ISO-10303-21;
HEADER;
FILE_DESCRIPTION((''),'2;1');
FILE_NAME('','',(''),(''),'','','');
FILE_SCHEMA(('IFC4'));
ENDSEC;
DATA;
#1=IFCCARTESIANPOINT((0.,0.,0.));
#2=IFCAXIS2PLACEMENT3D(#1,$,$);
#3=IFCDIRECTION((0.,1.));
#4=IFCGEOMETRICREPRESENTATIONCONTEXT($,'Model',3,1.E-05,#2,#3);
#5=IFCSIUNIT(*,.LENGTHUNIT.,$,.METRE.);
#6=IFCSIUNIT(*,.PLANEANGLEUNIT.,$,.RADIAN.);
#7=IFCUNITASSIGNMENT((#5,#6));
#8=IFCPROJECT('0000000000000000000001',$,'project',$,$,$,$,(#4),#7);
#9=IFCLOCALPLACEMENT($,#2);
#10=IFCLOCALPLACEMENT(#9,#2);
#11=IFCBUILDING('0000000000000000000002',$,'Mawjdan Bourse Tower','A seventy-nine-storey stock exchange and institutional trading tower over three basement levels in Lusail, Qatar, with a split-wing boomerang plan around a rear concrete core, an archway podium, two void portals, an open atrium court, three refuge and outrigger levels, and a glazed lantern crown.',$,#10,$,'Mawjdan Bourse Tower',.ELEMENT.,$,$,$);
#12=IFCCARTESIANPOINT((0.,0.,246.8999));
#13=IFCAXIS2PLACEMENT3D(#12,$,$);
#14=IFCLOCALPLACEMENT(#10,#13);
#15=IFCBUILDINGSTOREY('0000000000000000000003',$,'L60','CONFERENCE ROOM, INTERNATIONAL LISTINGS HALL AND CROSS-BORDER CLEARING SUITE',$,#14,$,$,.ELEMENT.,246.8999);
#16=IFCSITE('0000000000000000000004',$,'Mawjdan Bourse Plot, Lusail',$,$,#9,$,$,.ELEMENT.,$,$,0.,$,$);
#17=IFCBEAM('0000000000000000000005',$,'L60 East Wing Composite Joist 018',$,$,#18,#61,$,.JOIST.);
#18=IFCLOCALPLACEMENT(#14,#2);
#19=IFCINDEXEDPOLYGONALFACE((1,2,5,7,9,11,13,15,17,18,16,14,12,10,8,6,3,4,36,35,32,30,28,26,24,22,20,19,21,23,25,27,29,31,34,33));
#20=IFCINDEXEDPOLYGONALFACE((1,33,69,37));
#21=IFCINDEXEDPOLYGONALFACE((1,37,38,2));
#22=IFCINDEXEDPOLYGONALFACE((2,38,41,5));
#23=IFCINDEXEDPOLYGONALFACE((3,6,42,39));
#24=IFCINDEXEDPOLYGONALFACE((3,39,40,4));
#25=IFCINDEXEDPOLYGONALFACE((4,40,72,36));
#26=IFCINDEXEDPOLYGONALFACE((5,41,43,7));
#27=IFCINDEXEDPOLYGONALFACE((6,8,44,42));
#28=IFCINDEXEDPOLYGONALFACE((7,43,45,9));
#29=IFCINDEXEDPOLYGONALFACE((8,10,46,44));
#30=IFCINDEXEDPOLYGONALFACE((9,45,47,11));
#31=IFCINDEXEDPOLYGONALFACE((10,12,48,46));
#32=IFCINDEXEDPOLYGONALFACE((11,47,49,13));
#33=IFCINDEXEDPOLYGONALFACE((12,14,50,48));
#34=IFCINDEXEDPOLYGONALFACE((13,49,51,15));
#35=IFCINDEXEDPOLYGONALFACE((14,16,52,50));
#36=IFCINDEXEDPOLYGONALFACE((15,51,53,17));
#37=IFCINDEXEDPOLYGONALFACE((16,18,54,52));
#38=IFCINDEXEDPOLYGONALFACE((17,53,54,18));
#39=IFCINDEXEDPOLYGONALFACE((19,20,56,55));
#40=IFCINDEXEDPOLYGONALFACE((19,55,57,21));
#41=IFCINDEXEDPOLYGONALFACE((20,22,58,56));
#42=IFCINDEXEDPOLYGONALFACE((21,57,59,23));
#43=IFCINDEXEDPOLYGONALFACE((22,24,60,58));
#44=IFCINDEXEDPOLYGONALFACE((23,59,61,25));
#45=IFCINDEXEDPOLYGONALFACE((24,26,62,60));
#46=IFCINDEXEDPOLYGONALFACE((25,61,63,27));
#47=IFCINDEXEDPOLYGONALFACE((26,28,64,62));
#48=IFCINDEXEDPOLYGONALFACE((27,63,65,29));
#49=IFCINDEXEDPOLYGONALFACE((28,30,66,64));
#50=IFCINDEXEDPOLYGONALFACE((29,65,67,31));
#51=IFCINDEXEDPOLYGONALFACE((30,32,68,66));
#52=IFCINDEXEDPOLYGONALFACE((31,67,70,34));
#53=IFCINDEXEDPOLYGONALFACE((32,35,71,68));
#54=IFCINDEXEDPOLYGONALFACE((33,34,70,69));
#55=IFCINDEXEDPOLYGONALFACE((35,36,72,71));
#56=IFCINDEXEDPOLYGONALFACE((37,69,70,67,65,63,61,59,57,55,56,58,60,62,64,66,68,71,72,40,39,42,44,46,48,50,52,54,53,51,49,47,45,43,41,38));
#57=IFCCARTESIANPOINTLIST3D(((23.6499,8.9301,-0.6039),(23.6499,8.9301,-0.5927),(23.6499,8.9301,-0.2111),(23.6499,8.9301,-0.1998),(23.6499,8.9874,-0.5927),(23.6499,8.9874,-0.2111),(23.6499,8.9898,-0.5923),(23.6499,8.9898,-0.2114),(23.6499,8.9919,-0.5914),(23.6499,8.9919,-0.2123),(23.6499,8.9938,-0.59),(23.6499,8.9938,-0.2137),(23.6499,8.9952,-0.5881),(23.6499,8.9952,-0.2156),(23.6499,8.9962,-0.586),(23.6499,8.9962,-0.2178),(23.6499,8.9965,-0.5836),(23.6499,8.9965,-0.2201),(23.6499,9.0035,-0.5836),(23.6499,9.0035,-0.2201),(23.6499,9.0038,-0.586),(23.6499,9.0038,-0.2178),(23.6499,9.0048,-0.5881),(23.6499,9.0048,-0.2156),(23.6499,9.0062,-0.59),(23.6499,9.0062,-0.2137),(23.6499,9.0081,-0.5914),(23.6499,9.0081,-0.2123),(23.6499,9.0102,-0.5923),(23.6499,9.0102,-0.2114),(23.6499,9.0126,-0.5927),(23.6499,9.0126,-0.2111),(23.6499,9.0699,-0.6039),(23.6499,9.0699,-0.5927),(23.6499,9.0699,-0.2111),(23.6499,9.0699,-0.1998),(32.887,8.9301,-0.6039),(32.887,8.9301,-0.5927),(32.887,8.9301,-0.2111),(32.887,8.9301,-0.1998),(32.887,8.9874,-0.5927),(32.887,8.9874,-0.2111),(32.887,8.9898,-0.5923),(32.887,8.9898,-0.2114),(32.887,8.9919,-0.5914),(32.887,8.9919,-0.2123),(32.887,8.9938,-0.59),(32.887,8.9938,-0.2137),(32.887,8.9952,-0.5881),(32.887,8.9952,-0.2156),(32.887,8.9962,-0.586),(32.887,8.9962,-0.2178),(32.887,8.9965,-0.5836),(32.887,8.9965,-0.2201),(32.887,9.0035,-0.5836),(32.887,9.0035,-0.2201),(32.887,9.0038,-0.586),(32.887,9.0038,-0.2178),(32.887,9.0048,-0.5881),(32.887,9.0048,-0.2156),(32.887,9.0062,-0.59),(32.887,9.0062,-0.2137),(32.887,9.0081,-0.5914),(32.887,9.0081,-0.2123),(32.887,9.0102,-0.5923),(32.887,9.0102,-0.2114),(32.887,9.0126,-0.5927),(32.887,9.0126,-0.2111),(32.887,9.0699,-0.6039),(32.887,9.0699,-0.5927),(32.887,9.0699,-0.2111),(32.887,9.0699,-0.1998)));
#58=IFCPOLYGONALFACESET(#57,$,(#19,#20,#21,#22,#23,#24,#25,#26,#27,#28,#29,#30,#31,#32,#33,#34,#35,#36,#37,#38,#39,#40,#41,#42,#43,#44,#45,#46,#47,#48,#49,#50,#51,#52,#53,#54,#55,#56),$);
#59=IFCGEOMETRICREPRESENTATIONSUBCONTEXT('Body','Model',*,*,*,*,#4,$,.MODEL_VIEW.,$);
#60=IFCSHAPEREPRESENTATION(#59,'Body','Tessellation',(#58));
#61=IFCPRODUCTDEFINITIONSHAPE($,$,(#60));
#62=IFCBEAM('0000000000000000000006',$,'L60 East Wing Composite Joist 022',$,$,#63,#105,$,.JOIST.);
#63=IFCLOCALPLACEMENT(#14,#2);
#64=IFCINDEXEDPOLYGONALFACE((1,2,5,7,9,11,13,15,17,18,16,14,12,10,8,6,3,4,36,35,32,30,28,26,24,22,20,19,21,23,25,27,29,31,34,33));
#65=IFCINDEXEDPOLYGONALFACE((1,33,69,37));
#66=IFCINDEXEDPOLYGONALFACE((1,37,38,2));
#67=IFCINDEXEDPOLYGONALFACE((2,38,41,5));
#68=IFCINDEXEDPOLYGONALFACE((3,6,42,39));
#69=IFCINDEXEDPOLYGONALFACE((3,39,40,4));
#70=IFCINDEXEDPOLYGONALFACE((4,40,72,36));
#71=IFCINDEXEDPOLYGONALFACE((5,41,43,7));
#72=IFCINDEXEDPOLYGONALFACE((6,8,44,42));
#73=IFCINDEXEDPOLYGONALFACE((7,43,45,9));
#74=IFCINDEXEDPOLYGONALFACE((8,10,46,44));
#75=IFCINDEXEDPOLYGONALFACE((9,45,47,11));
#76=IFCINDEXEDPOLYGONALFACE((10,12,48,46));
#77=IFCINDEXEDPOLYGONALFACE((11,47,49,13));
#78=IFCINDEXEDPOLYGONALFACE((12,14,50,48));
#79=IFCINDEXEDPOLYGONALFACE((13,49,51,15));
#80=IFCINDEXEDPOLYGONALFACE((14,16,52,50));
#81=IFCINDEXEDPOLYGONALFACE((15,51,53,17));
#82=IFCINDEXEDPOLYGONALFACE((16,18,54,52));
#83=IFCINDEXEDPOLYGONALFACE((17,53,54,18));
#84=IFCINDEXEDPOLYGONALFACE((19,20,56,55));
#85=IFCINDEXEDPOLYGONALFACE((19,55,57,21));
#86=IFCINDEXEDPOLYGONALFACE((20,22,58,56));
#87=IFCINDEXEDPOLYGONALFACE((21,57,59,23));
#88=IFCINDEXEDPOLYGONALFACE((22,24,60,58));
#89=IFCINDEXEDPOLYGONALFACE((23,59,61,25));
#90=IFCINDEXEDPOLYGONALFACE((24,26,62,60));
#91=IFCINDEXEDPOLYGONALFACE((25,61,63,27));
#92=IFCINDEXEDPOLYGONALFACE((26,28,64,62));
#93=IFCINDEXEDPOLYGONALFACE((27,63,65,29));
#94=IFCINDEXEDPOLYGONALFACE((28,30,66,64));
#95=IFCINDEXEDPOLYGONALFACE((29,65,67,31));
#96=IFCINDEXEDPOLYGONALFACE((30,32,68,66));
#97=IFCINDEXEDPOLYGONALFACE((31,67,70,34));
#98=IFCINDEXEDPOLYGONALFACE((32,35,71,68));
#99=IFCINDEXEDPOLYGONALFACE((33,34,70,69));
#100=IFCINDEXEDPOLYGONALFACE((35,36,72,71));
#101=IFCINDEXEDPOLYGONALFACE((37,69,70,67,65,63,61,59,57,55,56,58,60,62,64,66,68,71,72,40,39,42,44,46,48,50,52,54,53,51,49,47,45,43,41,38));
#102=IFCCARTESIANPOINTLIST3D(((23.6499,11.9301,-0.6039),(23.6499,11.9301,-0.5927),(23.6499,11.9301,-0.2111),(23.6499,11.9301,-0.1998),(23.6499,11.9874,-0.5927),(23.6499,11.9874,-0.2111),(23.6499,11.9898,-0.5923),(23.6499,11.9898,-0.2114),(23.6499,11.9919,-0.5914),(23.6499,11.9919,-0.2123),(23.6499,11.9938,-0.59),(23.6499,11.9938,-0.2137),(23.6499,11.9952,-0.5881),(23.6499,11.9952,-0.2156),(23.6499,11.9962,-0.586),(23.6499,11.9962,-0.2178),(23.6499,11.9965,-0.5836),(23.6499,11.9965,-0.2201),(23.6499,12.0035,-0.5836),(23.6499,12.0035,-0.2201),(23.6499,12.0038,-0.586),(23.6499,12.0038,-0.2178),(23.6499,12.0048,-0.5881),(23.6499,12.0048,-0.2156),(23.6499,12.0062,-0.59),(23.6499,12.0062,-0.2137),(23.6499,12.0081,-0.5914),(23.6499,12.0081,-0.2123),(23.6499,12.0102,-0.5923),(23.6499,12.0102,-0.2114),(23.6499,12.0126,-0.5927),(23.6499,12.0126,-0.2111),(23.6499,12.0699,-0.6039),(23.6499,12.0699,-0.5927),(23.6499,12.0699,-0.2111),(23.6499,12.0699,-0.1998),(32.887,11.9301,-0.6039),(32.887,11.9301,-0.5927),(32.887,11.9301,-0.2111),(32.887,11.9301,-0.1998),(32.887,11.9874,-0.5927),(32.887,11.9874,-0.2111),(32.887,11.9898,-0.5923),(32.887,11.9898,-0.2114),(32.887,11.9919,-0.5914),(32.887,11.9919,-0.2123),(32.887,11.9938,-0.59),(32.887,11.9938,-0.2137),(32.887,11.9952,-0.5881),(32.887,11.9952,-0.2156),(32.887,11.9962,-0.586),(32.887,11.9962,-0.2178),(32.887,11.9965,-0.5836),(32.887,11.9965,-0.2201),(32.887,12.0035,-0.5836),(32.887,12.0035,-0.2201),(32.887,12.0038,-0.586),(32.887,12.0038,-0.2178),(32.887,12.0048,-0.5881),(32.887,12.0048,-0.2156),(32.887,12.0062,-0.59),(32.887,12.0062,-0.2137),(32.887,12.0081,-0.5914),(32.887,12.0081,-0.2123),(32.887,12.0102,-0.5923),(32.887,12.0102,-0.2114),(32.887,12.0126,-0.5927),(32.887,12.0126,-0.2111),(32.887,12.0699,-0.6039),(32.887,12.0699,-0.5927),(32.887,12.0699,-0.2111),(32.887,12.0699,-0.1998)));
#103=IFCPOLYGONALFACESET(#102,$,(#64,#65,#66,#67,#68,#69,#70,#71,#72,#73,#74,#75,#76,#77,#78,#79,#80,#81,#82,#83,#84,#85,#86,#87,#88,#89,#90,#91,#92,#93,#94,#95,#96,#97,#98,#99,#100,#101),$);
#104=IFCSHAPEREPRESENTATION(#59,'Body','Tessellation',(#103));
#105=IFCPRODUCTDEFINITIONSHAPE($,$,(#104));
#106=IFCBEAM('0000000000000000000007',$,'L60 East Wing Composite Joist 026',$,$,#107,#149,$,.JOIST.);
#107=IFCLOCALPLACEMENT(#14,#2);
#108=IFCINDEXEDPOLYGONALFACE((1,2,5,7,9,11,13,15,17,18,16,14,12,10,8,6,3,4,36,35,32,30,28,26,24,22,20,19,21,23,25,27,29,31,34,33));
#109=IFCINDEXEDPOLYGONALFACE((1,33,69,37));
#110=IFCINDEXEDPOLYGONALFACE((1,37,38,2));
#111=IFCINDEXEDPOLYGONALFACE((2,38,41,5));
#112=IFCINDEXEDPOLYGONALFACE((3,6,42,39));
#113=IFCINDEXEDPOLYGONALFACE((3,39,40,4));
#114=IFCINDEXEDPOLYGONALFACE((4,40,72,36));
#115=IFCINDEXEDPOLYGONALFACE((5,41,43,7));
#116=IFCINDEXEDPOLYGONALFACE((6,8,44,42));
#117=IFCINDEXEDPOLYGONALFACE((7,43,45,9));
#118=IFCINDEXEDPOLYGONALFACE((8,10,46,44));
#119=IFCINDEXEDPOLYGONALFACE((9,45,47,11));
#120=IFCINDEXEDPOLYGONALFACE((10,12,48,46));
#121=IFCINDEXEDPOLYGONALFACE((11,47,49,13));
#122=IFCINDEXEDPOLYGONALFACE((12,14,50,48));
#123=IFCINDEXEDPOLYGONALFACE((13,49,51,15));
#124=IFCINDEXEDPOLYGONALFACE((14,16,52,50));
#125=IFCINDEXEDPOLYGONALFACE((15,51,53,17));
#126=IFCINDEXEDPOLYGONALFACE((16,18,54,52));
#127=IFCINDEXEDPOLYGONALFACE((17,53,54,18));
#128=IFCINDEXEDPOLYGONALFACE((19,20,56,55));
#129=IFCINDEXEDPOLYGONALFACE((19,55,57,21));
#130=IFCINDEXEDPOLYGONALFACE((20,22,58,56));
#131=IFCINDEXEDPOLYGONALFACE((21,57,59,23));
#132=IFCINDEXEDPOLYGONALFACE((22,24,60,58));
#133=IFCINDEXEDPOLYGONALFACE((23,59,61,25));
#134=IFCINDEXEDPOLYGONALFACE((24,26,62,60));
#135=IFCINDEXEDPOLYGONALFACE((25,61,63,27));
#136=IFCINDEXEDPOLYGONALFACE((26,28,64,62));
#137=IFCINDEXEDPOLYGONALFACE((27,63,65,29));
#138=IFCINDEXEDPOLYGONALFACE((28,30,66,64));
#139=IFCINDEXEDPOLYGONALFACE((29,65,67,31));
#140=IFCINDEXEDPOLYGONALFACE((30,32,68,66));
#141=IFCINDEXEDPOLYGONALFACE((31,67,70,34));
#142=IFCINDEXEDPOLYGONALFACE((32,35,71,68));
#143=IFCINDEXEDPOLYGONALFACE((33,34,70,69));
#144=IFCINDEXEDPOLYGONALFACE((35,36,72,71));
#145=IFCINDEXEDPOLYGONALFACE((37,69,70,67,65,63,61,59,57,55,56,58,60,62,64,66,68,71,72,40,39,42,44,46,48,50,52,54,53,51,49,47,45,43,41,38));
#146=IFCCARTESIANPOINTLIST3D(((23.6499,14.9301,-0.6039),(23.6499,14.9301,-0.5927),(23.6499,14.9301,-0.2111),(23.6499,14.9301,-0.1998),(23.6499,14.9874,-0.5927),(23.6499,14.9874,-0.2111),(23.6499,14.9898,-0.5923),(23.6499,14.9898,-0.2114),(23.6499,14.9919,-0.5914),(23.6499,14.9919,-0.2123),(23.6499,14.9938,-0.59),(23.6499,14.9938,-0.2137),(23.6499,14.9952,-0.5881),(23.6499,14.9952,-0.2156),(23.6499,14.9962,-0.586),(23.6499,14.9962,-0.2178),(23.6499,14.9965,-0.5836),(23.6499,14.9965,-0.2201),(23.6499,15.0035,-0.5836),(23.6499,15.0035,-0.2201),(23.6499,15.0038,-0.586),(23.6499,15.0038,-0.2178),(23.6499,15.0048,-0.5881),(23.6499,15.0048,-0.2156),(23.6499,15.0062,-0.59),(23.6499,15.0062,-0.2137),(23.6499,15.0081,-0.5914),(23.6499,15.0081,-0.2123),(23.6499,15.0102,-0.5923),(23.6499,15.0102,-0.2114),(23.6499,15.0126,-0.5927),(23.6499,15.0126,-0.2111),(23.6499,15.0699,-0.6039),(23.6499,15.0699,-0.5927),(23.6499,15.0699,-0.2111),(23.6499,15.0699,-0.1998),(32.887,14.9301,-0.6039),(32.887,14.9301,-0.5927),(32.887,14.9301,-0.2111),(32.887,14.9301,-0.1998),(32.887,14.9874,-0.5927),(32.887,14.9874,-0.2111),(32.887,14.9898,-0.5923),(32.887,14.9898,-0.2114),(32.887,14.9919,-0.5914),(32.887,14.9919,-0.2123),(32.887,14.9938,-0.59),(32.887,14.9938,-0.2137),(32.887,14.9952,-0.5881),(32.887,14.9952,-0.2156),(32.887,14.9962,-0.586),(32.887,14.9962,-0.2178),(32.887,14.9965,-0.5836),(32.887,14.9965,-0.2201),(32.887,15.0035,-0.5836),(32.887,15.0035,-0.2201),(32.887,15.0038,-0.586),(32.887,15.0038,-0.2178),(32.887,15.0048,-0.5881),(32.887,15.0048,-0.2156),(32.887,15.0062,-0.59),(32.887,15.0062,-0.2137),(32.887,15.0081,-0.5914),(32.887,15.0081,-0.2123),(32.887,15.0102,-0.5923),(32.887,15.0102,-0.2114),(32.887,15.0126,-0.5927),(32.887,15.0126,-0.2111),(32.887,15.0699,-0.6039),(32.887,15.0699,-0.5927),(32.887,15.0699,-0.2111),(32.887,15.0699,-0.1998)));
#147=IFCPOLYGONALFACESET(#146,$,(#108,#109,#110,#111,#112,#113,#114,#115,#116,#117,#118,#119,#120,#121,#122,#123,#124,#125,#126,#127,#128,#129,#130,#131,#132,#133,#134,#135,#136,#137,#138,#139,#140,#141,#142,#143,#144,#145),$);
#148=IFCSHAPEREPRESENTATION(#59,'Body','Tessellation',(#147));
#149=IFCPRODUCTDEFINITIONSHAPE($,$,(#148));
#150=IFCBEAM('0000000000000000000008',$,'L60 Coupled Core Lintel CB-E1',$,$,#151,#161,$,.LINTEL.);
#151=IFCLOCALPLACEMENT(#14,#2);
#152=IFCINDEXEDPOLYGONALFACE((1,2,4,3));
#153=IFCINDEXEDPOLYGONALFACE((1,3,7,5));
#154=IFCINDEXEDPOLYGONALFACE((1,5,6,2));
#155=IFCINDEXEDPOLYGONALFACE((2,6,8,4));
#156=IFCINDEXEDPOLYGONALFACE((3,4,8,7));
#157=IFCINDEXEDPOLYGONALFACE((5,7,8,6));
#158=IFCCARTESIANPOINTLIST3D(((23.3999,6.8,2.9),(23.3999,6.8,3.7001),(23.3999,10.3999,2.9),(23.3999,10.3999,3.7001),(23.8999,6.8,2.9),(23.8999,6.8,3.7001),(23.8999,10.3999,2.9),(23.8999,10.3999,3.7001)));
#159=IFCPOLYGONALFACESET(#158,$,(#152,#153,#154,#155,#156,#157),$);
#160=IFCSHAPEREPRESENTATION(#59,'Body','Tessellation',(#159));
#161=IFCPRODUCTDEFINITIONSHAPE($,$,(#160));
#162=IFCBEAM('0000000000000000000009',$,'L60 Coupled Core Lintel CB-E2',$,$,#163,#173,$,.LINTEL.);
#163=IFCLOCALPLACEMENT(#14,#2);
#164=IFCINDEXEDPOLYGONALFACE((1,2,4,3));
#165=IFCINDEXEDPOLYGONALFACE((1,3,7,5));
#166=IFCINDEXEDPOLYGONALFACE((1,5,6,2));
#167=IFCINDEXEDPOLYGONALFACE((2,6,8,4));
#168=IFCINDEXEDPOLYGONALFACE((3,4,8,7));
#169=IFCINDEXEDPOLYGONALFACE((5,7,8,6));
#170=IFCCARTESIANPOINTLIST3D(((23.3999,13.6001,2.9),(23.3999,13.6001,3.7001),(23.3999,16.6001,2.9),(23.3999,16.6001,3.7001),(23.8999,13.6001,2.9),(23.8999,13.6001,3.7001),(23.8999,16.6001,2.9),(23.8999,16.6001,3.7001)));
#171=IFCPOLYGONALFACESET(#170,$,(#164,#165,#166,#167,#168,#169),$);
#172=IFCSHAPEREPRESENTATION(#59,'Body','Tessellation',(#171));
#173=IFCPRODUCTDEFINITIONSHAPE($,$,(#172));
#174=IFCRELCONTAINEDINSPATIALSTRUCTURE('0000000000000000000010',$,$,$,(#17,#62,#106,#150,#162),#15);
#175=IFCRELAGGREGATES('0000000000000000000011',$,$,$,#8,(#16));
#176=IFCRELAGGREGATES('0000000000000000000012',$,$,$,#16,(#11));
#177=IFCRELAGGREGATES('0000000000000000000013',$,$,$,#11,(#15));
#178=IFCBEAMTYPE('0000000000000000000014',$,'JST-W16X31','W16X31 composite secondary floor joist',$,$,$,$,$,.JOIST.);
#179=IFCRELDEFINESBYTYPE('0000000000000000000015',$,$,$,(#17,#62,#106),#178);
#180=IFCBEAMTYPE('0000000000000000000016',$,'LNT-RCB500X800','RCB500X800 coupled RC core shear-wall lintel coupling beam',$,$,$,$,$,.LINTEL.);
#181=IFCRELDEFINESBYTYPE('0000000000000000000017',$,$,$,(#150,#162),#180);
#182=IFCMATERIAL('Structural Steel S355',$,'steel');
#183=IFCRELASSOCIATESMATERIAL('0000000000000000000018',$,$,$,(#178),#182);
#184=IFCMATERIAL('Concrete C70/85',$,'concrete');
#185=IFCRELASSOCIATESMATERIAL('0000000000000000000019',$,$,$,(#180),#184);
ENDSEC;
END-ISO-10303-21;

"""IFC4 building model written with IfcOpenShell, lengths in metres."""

from ifc_helpers import new_model, si_unit, direction, frame, origin, origin_2d, place, context, subcontext, project, spatial, rectangle, i_section, extrude, material, material_profile, profile_set, type_object, element, save


model = new_model("IFC4")

# Units and contexts
model_context = context("Model", 3, precision=1e-05, world=origin(), true_north=direction((0.0, 1.0)))
body_context = subcontext(model_context, "Body", "Model", "MODEL_VIEW")
ifc_project = project(units=[si_unit("LENGTHUNIT", "METRE"), si_unit("PLANEANGLEUNIT", "RADIAN")], contexts=[model_context])

# Site, building, storey
site_placement = place(None, origin())
site = spatial("IfcSite", under=ifc_project, at=site_placement, Name="Mawjdan Bourse Plot, Lusail", CompositionType="ELEMENT", RefElevation=0.0)
building_placement = place(site_placement, origin())
building = spatial("IfcBuilding", under=site, at=building_placement, Name="Mawjdan Bourse Tower", Description="A seventy-nine-storey stock exchange and institutional trading tower over three basement levels in Lusail, Qatar, with a split-wing boomerang plan around a rear concrete core, an archway podium, two void portals, an open atrium court, three refuge and outrigger levels, and a glazed lantern crown.", LongName="Mawjdan Bourse Tower", CompositionType="ELEMENT")
storey_placement = place(building_placement, frame((0.0, 0.0, 246.8999)))
storey = spatial("IfcBuildingStorey", under=building, at=storey_placement, Name="L60", Description="CONFERENCE ROOM, INTERNATIONAL LISTINGS HALL AND CROSS-BORDER CLEARING SUITE", CompositionType="ELEMENT", Elevation=246.8999)

# Beams
ifc_material_1 = material(Name="Structural Steel S355", Category="steel")
ifc_material_profile_1 = material_profile(ifc_material_1, i_section(OverallWidth=0.1399, OverallDepth=0.4041, WebThickness=0.0071, FlangeThickness=0.0112, FilletRadius=0.009, at=origin_2d()), Name="W16X31")
ifc_profile_set_1 = profile_set([ifc_material_profile_1], Name="Structural Steel S355")
beam_type_1 = type_object("IfcBeamType", Name="JST-W16X31", Description="W16X31 composite secondary floor joist", PredefinedType="JOIST", material=ifc_profile_set_1)
for number, where, z_axis, x_axis, name in (
    (1, (23.6499, 9.0, -0.4019), (1.0, 0.0, 0.0), (0.0, 1.0, 0.0), "L60 East Wing Composite Joist 018"),
    (2, (23.6499, 12.0, -0.4019), (1.0, 0.0, 0.0), (0.0, 1.0, 0.0), "L60 East Wing Composite Joist 022"),
    (3, (23.6499, 15.0, -0.4019), (1.0, 0.0, 0.0), (0.0, 1.0, 0.0), "L60 East Wing Composite Joist 026"),
):
    element("IfcBeam", number, at=place(storey_placement, frame(where, z_axis=z_axis, x_axis=x_axis)), inside=storey, type_object=beam_type_1, Name=name, PredefinedType="JOIST", context=body_context, shape_type="SweptSolid", body=[
        extrude(i_section(OverallWidth=0.1399, OverallDepth=0.4041, WebThickness=0.0071, FlangeThickness=0.0112, FilletRadius=0.009, at=origin_2d()), origin(), (0.0, 0.0, 1.0), 9.2371),
    ])
ifc_material_2 = material(Name="Concrete C70/85", Category="concrete")
ifc_material_profile_2 = material_profile(ifc_material_2, rectangle(XDim=0.5, YDim=0.8, at=origin_2d()), Name="RCB500X800")
ifc_profile_set_2 = profile_set([ifc_material_profile_2], Name="Concrete C70/85")
beam_type_2 = type_object("IfcBeamType", Name="LNT-RCB500X800", Description="RCB500X800 coupled RC core shear-wall lintel coupling beam", PredefinedType="LINTEL", material=ifc_profile_set_2)
beam_1_placement = place(storey_placement, frame((23.6499, 6.8, 3.3), z_axis=(0.0, 1.0, 0.0), x_axis=(-1.0, 0.0, 0.0)))
element("IfcBeam", 4, at=beam_1_placement, inside=storey, type_object=beam_type_2, Name="L60 Coupled Core Lintel CB-E1", PredefinedType="LINTEL", context=body_context, shape_type="SweptSolid", body=[
    extrude(rectangle(XDim=0.5, YDim=0.8, at=origin_2d()), origin(), (0.0, 0.0, 1.0), 3.5999),
])
beam_2_placement = place(storey_placement, frame((23.6499, 13.6001, 3.3), z_axis=(0.0, 1.0, 0.0), x_axis=(-1.0, 0.0, 0.0)))
element("IfcBeam", 5, at=beam_2_placement, inside=storey, type_object=beam_type_2, Name="L60 Coupled Core Lintel CB-E2", PredefinedType="LINTEL", context=body_context, shape_type="SweptSolid", body=[
    extrude(rectangle(XDim=0.5, YDim=0.8, at=origin_2d()), origin(), (0.0, 0.0, 1.0), 3.0),
])

save(model, "model.ifc")
